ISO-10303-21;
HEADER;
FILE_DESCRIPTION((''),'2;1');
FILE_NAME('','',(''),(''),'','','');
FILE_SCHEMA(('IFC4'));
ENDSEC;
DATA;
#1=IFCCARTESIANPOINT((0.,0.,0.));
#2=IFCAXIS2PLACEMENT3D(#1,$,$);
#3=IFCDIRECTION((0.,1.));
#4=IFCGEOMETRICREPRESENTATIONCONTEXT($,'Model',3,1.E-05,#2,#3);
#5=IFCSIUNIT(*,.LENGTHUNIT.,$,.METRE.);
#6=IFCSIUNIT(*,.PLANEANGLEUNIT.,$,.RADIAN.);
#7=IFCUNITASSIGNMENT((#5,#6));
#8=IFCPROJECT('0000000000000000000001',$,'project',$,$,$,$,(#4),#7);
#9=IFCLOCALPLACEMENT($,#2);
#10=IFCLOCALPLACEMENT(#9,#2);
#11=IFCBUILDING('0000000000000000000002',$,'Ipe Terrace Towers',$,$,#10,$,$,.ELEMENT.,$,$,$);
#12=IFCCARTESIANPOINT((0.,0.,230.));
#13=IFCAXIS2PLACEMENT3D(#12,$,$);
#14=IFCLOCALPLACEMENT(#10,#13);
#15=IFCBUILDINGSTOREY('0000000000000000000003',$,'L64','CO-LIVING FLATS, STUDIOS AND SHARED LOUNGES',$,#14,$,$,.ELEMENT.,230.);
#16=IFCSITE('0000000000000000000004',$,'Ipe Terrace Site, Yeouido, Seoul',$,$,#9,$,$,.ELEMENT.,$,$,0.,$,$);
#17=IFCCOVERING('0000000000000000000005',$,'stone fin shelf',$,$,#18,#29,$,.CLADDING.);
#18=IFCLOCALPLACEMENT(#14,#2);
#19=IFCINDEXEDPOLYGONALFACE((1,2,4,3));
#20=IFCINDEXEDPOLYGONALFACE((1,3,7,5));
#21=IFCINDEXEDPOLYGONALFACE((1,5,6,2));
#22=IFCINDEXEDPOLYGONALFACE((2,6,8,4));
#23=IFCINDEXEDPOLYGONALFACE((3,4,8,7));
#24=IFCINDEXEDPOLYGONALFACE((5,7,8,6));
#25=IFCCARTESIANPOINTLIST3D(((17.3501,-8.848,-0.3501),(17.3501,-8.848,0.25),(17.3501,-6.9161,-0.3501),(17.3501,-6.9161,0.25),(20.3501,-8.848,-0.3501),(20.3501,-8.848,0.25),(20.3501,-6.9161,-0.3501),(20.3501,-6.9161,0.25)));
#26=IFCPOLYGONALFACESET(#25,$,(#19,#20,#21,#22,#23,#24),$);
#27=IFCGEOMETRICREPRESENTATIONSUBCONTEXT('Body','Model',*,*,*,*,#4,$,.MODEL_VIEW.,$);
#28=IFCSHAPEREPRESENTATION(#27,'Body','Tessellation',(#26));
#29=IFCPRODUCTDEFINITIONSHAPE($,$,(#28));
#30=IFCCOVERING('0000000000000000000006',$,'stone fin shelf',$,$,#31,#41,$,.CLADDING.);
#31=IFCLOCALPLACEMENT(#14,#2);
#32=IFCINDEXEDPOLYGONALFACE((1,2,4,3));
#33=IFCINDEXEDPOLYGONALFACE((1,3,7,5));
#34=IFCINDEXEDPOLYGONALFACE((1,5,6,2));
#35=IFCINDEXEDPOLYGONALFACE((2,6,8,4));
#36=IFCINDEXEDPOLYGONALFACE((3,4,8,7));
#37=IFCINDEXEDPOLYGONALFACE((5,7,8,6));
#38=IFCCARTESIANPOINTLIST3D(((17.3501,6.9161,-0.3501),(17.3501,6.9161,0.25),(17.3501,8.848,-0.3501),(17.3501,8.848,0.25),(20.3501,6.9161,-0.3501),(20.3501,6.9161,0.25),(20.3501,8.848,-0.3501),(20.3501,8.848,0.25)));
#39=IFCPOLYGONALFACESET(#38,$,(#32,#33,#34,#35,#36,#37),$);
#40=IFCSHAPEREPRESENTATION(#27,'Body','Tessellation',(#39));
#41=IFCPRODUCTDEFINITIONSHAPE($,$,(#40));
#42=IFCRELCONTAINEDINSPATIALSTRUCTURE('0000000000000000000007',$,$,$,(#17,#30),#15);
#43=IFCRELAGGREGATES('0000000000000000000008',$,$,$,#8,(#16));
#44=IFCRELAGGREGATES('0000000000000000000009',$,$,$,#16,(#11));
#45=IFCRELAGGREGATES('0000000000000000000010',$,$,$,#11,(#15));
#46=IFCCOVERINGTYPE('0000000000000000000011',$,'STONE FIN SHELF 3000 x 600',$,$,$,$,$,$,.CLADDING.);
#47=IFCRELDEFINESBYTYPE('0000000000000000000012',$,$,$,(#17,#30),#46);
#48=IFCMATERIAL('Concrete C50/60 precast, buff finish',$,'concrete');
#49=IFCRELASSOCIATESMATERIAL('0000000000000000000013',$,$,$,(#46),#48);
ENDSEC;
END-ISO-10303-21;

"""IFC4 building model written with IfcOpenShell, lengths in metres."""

from ifc_helpers import new_model, si_unit, direction, frame, origin, origin_2d, place, context, subcontext, project, spatial, rectangle, extrude, material, type_object, element, save


model = new_model("IFC4")

# Units and contexts
model_context = context("Model", 3, precision=1e-05, world=origin(), true_north=direction((0.0, 1.0)))
body_context = subcontext(model_context, "Body", "Model", "MODEL_VIEW")
ifc_project = project(units=[si_unit("LENGTHUNIT", "METRE"), si_unit("PLANEANGLEUNIT", "RADIAN")], contexts=[model_context])

# Site, building, storey
site_placement = place(None, origin())
site = spatial("IfcSite", under=ifc_project, at=site_placement, Name="Ipe Terrace Site, Yeouido, Seoul", CompositionType="ELEMENT", RefElevation=0.0)
building_placement = place(site_placement, origin())
building = spatial("IfcBuilding", under=site, at=building_placement, Name="Ipe Terrace Towers", CompositionType="ELEMENT")
storey_placement = place(building_placement, frame((0.0, 0.0, 230.0)))
storey = spatial("IfcBuildingStorey", under=building, at=storey_placement, Name="L64", Description="CO-LIVING FLATS, STUDIOS AND SHARED LOUNGES", CompositionType="ELEMENT", Elevation=230.0)

# Coverings
ifc_material_1 = material(Name="Concrete C50/60 precast, buff finish", Category="concrete")
covering_type_1 = type_object("IfcCoveringType", Name="STONE FIN SHELF 3000 x 600", PredefinedType="CLADDING", material=ifc_material_1)
for number, where, z_axis, x_axis, name in (
    (1, (18.8501, -7.8821, -0.3501), (0.0, 0.0, 1.0), (1.0, 0.0, 0.0), "stone fin shelf"),
    (2, (18.8501, 7.8821, -0.3501), (0.0, 0.0, 1.0), (-1.0, 0.0, 0.0), "stone fin shelf"),
):
    element("IfcCovering", number, at=place(storey_placement, frame(where, z_axis=z_axis, x_axis=x_axis)), inside=storey, type_object=covering_type_1, Name=name, PredefinedType="CLADDING", context=body_context, shape_type="SweptSolid", body=[
        extrude(rectangle(XDim=3.0, YDim=1.9319, at=origin_2d()), origin(), (0.0, 0.0, 1.0), 0.6001),
    ])

save(model, "model.ifc")
